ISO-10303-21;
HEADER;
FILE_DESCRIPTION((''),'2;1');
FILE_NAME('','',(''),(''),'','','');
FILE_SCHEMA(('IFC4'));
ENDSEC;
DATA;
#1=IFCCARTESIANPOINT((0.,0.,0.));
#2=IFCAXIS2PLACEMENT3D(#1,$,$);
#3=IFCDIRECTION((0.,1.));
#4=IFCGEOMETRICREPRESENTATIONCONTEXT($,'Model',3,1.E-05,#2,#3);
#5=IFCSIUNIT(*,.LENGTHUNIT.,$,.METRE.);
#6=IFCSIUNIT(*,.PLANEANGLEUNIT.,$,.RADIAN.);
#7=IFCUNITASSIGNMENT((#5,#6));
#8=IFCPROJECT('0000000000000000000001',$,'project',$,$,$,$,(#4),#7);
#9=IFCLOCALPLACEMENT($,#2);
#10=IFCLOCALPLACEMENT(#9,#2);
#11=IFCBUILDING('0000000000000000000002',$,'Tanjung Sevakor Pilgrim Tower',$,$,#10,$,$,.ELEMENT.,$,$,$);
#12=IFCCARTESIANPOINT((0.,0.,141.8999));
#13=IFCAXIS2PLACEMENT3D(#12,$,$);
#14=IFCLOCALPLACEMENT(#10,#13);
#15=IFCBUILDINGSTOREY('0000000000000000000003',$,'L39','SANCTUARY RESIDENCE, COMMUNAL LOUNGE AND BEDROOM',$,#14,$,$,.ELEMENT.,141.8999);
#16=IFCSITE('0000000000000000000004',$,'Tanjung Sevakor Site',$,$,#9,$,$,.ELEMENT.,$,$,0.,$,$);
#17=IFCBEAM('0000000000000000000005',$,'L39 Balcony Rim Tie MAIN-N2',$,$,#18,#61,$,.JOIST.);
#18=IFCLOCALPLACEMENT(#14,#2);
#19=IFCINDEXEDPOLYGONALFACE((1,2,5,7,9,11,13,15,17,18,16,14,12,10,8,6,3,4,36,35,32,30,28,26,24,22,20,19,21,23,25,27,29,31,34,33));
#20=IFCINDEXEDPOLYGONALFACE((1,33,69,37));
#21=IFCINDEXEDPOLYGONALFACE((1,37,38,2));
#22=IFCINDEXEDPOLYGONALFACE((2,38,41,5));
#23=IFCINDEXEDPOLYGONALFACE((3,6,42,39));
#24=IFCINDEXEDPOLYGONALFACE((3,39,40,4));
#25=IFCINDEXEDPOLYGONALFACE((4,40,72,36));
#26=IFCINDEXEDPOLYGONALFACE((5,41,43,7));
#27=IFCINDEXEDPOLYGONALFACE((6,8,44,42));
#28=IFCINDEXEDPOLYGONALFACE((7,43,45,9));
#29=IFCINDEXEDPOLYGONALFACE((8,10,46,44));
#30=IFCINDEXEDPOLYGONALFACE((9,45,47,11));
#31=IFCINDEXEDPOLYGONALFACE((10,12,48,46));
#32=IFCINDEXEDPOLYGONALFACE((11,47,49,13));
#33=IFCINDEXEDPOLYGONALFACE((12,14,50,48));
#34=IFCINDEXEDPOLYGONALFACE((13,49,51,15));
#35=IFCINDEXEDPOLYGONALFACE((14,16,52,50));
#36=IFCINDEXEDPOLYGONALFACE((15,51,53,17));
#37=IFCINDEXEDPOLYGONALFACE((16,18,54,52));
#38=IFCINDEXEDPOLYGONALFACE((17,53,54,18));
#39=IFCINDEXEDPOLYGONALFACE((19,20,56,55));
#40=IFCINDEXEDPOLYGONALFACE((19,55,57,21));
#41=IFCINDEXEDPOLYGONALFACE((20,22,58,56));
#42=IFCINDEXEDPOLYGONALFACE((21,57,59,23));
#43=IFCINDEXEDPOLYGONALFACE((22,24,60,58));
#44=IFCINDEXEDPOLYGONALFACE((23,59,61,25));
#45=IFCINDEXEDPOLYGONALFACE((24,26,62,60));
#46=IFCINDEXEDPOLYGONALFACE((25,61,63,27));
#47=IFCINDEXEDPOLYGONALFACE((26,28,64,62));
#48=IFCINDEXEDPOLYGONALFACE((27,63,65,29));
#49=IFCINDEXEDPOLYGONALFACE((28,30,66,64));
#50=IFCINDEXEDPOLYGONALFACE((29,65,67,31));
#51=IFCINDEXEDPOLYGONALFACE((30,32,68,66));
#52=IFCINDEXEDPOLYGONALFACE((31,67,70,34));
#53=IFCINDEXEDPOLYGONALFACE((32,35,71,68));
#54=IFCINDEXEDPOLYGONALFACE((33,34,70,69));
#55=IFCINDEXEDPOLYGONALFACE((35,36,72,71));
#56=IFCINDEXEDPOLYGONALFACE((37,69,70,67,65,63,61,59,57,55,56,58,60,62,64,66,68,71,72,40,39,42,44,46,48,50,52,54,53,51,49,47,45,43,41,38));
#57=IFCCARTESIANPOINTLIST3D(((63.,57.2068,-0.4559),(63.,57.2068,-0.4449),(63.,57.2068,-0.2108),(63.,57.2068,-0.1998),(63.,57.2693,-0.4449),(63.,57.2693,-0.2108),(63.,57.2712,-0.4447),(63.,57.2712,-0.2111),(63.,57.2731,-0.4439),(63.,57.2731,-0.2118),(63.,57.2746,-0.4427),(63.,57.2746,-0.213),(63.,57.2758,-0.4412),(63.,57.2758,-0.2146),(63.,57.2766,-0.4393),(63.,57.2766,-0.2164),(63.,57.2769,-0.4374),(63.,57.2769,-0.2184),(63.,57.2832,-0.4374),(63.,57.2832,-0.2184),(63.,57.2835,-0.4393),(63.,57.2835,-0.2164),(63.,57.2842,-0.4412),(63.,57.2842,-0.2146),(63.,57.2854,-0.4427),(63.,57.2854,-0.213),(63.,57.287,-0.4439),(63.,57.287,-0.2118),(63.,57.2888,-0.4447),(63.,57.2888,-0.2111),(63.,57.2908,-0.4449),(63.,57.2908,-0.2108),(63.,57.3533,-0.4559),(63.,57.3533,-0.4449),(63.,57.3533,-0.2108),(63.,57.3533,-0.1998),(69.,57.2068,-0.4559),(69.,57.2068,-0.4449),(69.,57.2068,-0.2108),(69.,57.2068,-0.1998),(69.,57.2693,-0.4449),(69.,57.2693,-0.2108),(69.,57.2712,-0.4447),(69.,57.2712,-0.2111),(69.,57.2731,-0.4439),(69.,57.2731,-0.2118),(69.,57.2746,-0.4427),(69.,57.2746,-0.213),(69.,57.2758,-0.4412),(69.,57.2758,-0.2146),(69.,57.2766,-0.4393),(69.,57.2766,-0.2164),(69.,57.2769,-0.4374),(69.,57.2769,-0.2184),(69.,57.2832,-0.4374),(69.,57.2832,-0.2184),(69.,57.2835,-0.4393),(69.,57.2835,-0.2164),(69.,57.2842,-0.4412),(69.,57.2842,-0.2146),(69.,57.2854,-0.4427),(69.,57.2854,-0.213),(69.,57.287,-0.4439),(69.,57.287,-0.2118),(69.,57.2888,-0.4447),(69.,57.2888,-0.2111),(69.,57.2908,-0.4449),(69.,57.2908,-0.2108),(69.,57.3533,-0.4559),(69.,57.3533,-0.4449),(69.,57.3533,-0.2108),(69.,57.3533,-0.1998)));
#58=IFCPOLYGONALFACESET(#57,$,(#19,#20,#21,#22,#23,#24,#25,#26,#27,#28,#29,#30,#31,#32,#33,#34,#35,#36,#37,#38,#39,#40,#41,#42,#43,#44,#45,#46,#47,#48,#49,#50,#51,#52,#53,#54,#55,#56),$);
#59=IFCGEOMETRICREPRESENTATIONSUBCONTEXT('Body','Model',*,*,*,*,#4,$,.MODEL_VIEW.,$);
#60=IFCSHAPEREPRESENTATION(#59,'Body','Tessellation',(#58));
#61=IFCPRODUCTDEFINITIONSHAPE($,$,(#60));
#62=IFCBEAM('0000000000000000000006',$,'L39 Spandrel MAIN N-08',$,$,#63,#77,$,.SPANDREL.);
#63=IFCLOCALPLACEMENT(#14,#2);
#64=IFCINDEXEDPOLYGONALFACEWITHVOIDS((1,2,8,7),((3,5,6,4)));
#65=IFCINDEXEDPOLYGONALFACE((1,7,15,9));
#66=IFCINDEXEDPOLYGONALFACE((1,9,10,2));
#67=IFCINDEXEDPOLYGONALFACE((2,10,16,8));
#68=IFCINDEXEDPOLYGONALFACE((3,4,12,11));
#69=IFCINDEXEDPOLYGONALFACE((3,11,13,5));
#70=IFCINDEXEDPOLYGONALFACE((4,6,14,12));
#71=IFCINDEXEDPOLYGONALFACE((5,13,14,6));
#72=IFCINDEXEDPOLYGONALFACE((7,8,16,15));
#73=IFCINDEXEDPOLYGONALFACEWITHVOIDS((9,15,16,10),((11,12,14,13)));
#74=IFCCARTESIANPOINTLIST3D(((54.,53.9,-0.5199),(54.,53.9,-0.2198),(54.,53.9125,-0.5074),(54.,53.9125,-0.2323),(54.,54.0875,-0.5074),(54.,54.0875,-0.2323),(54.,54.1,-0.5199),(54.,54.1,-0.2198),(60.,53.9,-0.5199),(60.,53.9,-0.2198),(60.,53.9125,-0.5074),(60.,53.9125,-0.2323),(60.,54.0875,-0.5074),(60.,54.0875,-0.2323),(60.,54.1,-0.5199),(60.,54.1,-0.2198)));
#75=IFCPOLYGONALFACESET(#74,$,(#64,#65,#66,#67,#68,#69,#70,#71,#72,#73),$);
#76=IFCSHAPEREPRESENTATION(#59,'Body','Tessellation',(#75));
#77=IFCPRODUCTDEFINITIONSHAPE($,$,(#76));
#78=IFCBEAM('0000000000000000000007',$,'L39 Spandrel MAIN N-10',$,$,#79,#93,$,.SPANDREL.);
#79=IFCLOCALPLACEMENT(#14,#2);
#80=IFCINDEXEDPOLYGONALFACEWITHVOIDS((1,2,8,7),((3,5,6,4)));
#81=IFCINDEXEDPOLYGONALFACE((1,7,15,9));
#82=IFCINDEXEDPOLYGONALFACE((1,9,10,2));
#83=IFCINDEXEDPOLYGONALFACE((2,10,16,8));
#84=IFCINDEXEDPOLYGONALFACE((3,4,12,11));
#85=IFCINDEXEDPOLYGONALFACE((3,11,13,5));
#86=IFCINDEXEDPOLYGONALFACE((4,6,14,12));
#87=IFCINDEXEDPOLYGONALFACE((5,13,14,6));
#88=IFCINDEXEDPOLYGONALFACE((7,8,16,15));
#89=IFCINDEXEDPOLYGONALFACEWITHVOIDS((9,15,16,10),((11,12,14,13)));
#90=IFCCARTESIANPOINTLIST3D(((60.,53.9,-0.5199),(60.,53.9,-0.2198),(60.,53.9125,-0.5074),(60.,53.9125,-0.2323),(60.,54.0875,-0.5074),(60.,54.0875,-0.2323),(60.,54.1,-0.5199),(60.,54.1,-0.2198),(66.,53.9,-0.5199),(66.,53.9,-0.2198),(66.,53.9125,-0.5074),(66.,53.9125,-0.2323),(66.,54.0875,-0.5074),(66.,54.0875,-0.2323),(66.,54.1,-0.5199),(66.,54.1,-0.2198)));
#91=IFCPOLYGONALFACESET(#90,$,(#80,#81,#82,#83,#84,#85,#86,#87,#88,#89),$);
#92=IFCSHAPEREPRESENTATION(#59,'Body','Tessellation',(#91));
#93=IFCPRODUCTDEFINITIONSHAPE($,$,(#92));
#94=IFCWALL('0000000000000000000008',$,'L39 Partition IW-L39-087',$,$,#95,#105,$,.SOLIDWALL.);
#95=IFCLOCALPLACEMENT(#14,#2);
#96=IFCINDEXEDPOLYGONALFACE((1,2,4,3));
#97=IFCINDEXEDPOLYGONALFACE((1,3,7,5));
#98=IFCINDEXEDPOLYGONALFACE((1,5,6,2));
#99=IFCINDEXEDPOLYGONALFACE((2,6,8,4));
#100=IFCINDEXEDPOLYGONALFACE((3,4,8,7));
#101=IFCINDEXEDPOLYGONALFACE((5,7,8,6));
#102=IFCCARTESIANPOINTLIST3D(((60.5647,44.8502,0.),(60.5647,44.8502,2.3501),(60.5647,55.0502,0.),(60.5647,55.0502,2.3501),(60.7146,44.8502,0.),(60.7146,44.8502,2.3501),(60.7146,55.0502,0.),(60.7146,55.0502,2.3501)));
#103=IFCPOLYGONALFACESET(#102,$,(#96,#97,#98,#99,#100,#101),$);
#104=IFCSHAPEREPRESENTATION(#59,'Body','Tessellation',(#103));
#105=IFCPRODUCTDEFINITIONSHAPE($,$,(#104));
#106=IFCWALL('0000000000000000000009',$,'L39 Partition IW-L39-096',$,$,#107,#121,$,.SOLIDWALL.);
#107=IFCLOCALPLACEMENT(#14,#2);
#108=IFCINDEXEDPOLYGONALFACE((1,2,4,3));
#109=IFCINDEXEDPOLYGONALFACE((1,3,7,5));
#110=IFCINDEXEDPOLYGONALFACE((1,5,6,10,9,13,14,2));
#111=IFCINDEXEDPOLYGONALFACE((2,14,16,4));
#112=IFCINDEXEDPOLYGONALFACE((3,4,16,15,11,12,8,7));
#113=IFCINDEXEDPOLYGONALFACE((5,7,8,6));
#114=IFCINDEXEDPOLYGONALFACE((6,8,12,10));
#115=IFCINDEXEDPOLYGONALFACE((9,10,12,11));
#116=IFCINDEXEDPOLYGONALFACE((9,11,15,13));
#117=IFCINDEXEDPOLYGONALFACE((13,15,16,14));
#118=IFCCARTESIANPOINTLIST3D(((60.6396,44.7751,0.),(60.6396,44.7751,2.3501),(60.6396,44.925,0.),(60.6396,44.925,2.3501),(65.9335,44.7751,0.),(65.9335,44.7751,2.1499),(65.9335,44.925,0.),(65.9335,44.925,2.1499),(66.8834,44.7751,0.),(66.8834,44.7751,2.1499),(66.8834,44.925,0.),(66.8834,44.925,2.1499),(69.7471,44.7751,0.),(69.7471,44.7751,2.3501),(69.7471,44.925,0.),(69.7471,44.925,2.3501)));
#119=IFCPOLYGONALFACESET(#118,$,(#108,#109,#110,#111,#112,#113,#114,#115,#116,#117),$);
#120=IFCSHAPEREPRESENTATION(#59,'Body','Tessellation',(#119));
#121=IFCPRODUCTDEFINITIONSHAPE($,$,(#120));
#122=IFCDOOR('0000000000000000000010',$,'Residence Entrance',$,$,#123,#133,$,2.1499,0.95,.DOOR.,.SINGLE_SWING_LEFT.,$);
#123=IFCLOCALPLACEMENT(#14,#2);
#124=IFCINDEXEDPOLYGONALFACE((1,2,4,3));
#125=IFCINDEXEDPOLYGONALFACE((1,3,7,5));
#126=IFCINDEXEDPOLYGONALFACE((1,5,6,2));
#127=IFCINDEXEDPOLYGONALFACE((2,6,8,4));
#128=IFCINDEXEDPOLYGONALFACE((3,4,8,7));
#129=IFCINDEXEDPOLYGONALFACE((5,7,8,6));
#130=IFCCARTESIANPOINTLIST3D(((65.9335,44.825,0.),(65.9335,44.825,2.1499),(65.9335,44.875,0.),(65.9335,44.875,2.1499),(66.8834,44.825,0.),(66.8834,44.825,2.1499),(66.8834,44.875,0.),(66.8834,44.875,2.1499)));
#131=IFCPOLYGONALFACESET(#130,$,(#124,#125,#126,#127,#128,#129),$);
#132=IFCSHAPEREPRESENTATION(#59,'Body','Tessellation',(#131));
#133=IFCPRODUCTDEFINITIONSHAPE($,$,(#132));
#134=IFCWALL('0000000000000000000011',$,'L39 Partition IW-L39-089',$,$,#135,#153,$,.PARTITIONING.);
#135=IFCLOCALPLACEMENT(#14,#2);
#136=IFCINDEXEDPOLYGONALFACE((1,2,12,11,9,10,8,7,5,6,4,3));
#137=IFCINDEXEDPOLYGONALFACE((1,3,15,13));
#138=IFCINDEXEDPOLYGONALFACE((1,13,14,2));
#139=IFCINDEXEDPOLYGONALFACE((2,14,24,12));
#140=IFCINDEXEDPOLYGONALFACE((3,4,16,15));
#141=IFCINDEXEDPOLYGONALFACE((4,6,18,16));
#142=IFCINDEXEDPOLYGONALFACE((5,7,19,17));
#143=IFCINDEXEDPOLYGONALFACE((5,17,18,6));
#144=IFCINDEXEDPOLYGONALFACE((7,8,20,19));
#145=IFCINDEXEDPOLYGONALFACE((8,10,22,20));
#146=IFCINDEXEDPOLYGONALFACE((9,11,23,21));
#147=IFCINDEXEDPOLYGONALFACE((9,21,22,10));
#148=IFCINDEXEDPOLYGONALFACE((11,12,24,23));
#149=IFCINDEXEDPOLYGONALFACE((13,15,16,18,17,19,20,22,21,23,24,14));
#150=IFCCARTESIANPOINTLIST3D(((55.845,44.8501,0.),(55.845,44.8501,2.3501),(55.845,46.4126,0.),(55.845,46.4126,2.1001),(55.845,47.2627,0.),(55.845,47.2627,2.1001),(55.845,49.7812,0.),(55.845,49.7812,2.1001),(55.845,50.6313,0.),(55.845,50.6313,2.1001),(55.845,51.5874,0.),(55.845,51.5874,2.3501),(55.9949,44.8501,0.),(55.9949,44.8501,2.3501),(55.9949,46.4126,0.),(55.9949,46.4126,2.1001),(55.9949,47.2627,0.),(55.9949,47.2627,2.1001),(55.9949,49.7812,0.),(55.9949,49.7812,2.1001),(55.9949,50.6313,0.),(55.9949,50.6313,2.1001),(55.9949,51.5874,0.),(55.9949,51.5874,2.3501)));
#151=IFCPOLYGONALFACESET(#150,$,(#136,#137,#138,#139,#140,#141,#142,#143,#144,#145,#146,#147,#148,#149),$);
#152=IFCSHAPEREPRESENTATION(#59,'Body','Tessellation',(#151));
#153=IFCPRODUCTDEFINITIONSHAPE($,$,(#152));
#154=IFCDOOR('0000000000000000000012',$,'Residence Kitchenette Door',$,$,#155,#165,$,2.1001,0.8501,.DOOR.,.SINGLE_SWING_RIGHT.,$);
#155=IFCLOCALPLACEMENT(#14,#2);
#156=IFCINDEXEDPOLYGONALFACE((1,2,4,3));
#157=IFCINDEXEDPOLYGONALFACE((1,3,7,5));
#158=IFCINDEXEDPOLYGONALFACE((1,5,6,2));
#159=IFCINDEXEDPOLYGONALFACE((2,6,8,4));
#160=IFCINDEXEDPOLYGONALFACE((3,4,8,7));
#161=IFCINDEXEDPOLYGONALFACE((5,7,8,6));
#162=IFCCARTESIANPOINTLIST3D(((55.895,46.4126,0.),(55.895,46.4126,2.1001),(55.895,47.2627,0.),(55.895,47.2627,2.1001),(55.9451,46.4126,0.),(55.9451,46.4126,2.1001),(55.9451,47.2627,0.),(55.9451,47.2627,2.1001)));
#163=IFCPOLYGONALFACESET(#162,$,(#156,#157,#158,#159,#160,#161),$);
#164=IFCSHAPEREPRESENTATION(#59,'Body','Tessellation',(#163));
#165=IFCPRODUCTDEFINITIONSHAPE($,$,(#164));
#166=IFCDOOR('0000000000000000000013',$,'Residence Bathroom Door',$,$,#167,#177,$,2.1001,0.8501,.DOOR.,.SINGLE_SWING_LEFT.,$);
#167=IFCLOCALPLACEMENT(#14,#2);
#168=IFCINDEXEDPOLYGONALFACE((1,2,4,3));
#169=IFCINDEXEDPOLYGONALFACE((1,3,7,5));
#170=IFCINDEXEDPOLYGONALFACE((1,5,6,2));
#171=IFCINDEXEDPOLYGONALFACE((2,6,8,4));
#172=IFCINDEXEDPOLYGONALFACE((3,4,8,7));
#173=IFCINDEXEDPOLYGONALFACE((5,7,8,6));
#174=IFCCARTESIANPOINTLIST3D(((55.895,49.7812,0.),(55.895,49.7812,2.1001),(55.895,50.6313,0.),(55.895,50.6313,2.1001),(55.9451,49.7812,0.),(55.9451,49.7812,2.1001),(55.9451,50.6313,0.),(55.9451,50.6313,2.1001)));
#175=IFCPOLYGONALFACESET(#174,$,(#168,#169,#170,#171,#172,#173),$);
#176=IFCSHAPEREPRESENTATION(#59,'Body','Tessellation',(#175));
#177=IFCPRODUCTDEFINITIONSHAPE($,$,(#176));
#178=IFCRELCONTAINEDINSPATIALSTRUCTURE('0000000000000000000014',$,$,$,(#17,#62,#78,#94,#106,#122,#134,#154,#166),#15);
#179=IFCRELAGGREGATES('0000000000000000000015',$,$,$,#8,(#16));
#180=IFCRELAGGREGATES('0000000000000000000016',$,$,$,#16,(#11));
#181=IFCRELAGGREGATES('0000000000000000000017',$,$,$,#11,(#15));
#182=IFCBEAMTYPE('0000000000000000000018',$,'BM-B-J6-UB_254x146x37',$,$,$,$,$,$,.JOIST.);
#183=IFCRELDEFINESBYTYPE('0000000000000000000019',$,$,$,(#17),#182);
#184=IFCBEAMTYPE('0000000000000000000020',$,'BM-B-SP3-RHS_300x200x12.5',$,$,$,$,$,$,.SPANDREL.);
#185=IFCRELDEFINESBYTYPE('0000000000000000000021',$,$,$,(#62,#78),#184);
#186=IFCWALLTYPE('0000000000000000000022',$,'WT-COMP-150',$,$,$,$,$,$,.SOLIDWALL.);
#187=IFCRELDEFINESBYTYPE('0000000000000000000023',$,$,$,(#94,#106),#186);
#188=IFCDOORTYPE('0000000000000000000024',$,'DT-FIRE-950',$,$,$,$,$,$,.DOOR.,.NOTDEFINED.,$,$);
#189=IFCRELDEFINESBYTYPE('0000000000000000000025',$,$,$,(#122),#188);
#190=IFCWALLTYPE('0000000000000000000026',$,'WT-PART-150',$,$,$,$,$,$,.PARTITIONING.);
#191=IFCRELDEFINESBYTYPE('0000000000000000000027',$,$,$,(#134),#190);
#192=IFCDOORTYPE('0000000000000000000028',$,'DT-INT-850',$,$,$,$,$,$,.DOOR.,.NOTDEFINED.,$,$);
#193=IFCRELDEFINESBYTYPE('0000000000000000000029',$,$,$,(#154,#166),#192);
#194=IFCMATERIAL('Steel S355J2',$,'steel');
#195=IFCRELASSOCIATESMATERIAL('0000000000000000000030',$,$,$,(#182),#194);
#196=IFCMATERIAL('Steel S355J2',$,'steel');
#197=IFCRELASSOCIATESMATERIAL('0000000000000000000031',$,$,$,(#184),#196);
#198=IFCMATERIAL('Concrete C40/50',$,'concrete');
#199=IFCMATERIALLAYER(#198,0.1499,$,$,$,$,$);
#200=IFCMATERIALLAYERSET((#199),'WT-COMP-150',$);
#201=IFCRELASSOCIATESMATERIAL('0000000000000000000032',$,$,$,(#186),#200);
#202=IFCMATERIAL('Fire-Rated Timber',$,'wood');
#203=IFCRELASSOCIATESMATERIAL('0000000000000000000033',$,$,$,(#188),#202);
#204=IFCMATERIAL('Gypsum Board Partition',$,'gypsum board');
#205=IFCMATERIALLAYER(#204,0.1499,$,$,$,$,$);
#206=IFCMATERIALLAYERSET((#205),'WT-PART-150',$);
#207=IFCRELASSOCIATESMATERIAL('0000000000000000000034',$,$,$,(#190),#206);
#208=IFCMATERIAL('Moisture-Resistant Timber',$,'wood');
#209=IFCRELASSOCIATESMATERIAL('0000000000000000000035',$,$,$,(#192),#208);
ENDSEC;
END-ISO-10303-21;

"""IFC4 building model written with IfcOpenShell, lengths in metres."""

from ifc_helpers import new_model, si_unit, direction, frame, frame_2d, origin, origin_2d, place, context, subcontext, project, spatial, rectangle, hollow_rectangle, i_section, extrude, material, layer, layer_set, material_profile, profile_set, type_object, element, fill, save


model = new_model("IFC4")

# Units and contexts
model_context = context("Model", 3, precision=1e-05, world=origin(), true_north=direction((0.0, 1.0)))
body_context = subcontext(model_context, "Body", "Model", "MODEL_VIEW")
ifc_project = project(units=[si_unit("LENGTHUNIT", "METRE"), si_unit("PLANEANGLEUNIT", "RADIAN")], contexts=[model_context])

# Site, building, storey
site_placement = place(None, origin())
site = spatial("IfcSite", under=ifc_project, at=site_placement, Name="Tanjung Sevakor Site", CompositionType="ELEMENT", RefElevation=0.0)
building_placement = place(site_placement, origin())
building = spatial("IfcBuilding", under=site, at=building_placement, Name="Tanjung Sevakor Pilgrim Tower", CompositionType="ELEMENT")
storey_placement = place(building_placement, frame((0.0, 0.0, 141.8999)))
storey = spatial("IfcBuildingStorey", under=building, at=storey_placement, Name="L39", Description="SANCTUARY RESIDENCE, COMMUNAL LOUNGE AND BEDROOM", CompositionType="ELEMENT", Elevation=141.8999)

# Beams
ifc_material_1 = material(Name="Steel S355J2", Category="steel")
ifc_material_profile_1 = material_profile(ifc_material_1, i_section(OverallWidth=0.1465, OverallDepth=0.2561, WebThickness=0.0063, FlangeThickness=0.011, FilletRadius=0.0076, at=origin_2d()))
ifc_profile_set_1 = profile_set([ifc_material_profile_1], Name="Steel S355J2")
beam_type_1 = type_object("IfcBeamType", Name="BM-B-J6-UB_254x146x37", PredefinedType="JOIST", material=ifc_profile_set_1)
beam_1_placement = place(storey_placement, frame((63.0, 57.28, -0.3279), z_axis=(1.0, 0.0, 0.0), x_axis=(0.0, 1.0, 0.0)))
element("IfcBeam", 1, at=beam_1_placement, inside=storey, type_object=beam_type_1, Name="L39 Balcony Rim Tie MAIN-N2", PredefinedType="JOIST", context=body_context, shape_type="SweptSolid", body=[
    extrude(i_section(OverallWidth=0.1465, OverallDepth=0.2561, WebThickness=0.0063, FlangeThickness=0.011, FilletRadius=0.0076, at=origin_2d()), origin(), (0.0, 0.0, 1.0), 6.0),
])
ifc_material_2 = material(Name="Steel S355J2", Category="steel")
ifc_material_profile_2 = material_profile(ifc_material_2, hollow_rectangle(XDim=0.2, YDim=0.3, WallThickness=0.0125, at=origin_2d()))
ifc_profile_set_2 = profile_set([ifc_material_profile_2], Name="Steel S355J2")
beam_type_2 = type_object("IfcBeamType", Name="BM-B-SP3-RHS_300x200x12.5", PredefinedType="SPANDREL", material=ifc_profile_set_2)
for number, where, z_axis, x_axis, name in (
    (2, (54.0, 54.0, -0.3699), (1.0, 0.0, 0.0), (0.0, 1.0, 0.0), "L39 Spandrel MAIN N-08"),
    (3, (60.0, 54.0, -0.3699), (1.0, 0.0, 0.0), (0.0, 1.0, 0.0), "L39 Spandrel MAIN N-10"),
):
    element("IfcBeam", number, at=place(storey_placement, frame(where, z_axis=z_axis, x_axis=x_axis)), inside=storey, type_object=beam_type_2, Name=name, PredefinedType="SPANDREL", context=body_context, shape_type="SweptSolid", body=[
        extrude(hollow_rectangle(XDim=0.2, YDim=0.3, WallThickness=0.0125, at=origin_2d()), origin(), (0.0, 0.0, 1.0), 6.0),
    ])

# Wall
ifc_material_3 = material(Name="Concrete C40/50", Category="concrete")
ifc_layer_1 = layer(ifc_material_3, 0.1499)
ifc_layer_set_1 = layer_set([ifc_layer_1], Name="WT-COMP-150")
wall_type_1 = type_object("IfcWallType", Name="WT-COMP-150", PredefinedType="SOLIDWALL", material=ifc_layer_set_1)
wall_1_placement = place(storey_placement, frame((60.6396, 44.8501, 0.0), z_axis=(0.0, 0.0, 1.0), x_axis=(0.0, 1.0, 0.0)))
element("IfcWall", 4, at=wall_1_placement, inside=storey, type_object=wall_type_1, Name="L39 Partition IW-L39-087", PredefinedType="SOLIDWALL", context=body_context, shape_type="SweptSolid", body=[
    extrude(rectangle(XDim=10.2, YDim=0.1499, at=frame_2d((5.1001, 0.0))), origin(), (0.0, 0.0, 1.0), 2.3501),
])

# Wall, opening, door
wall_2_placement = place(storey_placement, frame((60.6396, 44.8501, 0.0), z_axis=(0.0, 0.0, 1.0), x_axis=(1.0, 0.0, 0.0)))
wall_2 = element("IfcWall", 5, at=wall_2_placement, inside=storey, type_object=wall_type_1, Name="L39 Partition IW-L39-096", PredefinedType="SOLIDWALL", context=body_context, shape_type="SweptSolid", body=[
    extrude(rectangle(XDim=9.1074, YDim=0.1499, at=frame_2d((4.5537, 0.0))), origin(), (0.0, 0.0, 1.0), 2.3501),
])
opening_1_placement = place(wall_2_placement, frame((5.2937, 0.0, 0.0)))
opening_1 = element("IfcOpeningElement", 6, at=opening_1_placement, cuts=wall_2, PredefinedType="OPENING", context=body_context, shape_type="SweptSolid", body=[
    extrude(rectangle(XDim=0.95, YDim=2.1499, at=frame_2d((0.4751, 1.075))), frame((0.0, 0.085, 0.0), z_axis=(0.0, -1.0, 0.0), x_axis=(1.0, 0.0, 0.0)), (0.0, 0.0, 1.0), 0.1699),
])
ifc_material_4 = material(Name="Fire-Rated Timber", Category="wood")
door_type_1 = type_object("IfcDoorType", Name="DT-FIRE-950", OperationType="NOTDEFINED", PredefinedType="DOOR", material=ifc_material_4)
door_1_placement = place(opening_1_placement, origin())
door_1 = element("IfcDoor", 7, at=door_1_placement, inside=storey, type_object=door_type_1, Name="Residence Entrance", OperationType="SINGLE_SWING_LEFT", OverallHeight=2.1499, OverallWidth=0.95, PredefinedType="DOOR", context=body_context, shape_type="SweptSolid", body=[
    extrude(rectangle(XDim=0.95, YDim=2.1499, at=frame_2d((0.4751, 1.075))), frame((0.0, 0.0249, 0.0), z_axis=(0.0, -1.0, 0.0), x_axis=(1.0, 0.0, 0.0)), (0.0, 0.0, 1.0), 0.05),
])
fill(opening_1, door_1)

# Wall, openings, doors
ifc_material_5 = material(Name="Gypsum Board Partition", Category="gypsum board")
ifc_layer_2 = layer(ifc_material_5, 0.1499)
ifc_layer_set_2 = layer_set([ifc_layer_2], Name="WT-PART-150")
wall_type_2 = type_object("IfcWallType", Name="WT-PART-150", PredefinedType="PARTITIONING", material=ifc_layer_set_2)
wall_3_placement = place(storey_placement, frame((55.9199, 44.8501, 0.0), z_axis=(0.0, 0.0, 1.0), x_axis=(0.0, 1.0, 0.0)))
wall_3 = element("IfcWall", 8, at=wall_3_placement, inside=storey, type_object=wall_type_2, Name="L39 Partition IW-L39-089", PredefinedType="PARTITIONING", context=body_context, shape_type="SweptSolid", body=[
    extrude(rectangle(XDim=6.7373, YDim=0.1499, at=frame_2d((3.3687, 0.0))), origin(), (0.0, 0.0, 1.0), 2.3501),
])
opening_2_placement = place(wall_3_placement, frame((1.5625, 0.0, 0.0)))
opening_2 = element("IfcOpeningElement", 9, at=opening_2_placement, cuts=wall_3, PredefinedType="OPENING", context=body_context, shape_type="SweptSolid", body=[
    extrude(rectangle(XDim=0.8501, YDim=2.1001, at=frame_2d((0.425, 1.05))), frame((0.0, 0.085, 0.0), z_axis=(0.0, -1.0, 0.0), x_axis=(1.0, 0.0, 0.0)), (0.0, 0.0, 1.0), 0.1699),
])
opening_3_placement = place(wall_3_placement, frame((4.9312, 0.0, 0.0)))
opening_3 = element("IfcOpeningElement", 10, at=opening_3_placement, cuts=wall_3, PredefinedType="OPENING", context=body_context, shape_type="SweptSolid", body=[
    extrude(rectangle(XDim=0.8501, YDim=2.1001, at=frame_2d((0.425, 1.05))), frame((0.0, 0.085, 0.0), z_axis=(0.0, -1.0, 0.0), x_axis=(1.0, 0.0, 0.0)), (0.0, 0.0, 1.0), 0.1699),
])
ifc_material_6 = material(Name="Moisture-Resistant Timber", Category="wood")
door_type_2 = type_object("IfcDoorType", Name="DT-INT-850", OperationType="NOTDEFINED", PredefinedType="DOOR", material=ifc_material_6)
door_2_placement = place(opening_2_placement, origin())
door_2 = element("IfcDoor", 11, at=door_2_placement, inside=storey, type_object=door_type_2, Name="Residence Kitchenette Door", OperationType="SINGLE_SWING_RIGHT", OverallHeight=2.1001, OverallWidth=0.8501, PredefinedType="DOOR", context=body_context, shape_type="SweptSolid", body=[
    extrude(rectangle(XDim=0.8501, YDim=2.1001, at=frame_2d((0.425, 1.05))), frame((0.0, 0.0249, 0.0), z_axis=(0.0, -1.0, 0.0), x_axis=(1.0, 0.0, 0.0)), (0.0, 0.0, 1.0), 0.05),
])
fill(opening_2, door_2)
door_3_placement = place(opening_3_placement, origin())
door_3 = element("IfcDoor", 12, at=door_3_placement, inside=storey, type_object=door_type_2, Name="Residence Bathroom Door", OperationType="SINGLE_SWING_LEFT", OverallHeight=2.1001, OverallWidth=0.8501, PredefinedType="DOOR", context=body_context, shape_type="SweptSolid", body=[
    extrude(rectangle(XDim=0.8501, YDim=2.1001, at=frame_2d((0.425, 1.05))), frame((0.0, 0.0249, 0.0), z_axis=(0.0, -1.0, 0.0), x_axis=(1.0, 0.0, 0.0)), (0.0, 0.0, 1.0), 0.05),
])
fill(opening_3, door_3)

save(model, "model.ifc")
